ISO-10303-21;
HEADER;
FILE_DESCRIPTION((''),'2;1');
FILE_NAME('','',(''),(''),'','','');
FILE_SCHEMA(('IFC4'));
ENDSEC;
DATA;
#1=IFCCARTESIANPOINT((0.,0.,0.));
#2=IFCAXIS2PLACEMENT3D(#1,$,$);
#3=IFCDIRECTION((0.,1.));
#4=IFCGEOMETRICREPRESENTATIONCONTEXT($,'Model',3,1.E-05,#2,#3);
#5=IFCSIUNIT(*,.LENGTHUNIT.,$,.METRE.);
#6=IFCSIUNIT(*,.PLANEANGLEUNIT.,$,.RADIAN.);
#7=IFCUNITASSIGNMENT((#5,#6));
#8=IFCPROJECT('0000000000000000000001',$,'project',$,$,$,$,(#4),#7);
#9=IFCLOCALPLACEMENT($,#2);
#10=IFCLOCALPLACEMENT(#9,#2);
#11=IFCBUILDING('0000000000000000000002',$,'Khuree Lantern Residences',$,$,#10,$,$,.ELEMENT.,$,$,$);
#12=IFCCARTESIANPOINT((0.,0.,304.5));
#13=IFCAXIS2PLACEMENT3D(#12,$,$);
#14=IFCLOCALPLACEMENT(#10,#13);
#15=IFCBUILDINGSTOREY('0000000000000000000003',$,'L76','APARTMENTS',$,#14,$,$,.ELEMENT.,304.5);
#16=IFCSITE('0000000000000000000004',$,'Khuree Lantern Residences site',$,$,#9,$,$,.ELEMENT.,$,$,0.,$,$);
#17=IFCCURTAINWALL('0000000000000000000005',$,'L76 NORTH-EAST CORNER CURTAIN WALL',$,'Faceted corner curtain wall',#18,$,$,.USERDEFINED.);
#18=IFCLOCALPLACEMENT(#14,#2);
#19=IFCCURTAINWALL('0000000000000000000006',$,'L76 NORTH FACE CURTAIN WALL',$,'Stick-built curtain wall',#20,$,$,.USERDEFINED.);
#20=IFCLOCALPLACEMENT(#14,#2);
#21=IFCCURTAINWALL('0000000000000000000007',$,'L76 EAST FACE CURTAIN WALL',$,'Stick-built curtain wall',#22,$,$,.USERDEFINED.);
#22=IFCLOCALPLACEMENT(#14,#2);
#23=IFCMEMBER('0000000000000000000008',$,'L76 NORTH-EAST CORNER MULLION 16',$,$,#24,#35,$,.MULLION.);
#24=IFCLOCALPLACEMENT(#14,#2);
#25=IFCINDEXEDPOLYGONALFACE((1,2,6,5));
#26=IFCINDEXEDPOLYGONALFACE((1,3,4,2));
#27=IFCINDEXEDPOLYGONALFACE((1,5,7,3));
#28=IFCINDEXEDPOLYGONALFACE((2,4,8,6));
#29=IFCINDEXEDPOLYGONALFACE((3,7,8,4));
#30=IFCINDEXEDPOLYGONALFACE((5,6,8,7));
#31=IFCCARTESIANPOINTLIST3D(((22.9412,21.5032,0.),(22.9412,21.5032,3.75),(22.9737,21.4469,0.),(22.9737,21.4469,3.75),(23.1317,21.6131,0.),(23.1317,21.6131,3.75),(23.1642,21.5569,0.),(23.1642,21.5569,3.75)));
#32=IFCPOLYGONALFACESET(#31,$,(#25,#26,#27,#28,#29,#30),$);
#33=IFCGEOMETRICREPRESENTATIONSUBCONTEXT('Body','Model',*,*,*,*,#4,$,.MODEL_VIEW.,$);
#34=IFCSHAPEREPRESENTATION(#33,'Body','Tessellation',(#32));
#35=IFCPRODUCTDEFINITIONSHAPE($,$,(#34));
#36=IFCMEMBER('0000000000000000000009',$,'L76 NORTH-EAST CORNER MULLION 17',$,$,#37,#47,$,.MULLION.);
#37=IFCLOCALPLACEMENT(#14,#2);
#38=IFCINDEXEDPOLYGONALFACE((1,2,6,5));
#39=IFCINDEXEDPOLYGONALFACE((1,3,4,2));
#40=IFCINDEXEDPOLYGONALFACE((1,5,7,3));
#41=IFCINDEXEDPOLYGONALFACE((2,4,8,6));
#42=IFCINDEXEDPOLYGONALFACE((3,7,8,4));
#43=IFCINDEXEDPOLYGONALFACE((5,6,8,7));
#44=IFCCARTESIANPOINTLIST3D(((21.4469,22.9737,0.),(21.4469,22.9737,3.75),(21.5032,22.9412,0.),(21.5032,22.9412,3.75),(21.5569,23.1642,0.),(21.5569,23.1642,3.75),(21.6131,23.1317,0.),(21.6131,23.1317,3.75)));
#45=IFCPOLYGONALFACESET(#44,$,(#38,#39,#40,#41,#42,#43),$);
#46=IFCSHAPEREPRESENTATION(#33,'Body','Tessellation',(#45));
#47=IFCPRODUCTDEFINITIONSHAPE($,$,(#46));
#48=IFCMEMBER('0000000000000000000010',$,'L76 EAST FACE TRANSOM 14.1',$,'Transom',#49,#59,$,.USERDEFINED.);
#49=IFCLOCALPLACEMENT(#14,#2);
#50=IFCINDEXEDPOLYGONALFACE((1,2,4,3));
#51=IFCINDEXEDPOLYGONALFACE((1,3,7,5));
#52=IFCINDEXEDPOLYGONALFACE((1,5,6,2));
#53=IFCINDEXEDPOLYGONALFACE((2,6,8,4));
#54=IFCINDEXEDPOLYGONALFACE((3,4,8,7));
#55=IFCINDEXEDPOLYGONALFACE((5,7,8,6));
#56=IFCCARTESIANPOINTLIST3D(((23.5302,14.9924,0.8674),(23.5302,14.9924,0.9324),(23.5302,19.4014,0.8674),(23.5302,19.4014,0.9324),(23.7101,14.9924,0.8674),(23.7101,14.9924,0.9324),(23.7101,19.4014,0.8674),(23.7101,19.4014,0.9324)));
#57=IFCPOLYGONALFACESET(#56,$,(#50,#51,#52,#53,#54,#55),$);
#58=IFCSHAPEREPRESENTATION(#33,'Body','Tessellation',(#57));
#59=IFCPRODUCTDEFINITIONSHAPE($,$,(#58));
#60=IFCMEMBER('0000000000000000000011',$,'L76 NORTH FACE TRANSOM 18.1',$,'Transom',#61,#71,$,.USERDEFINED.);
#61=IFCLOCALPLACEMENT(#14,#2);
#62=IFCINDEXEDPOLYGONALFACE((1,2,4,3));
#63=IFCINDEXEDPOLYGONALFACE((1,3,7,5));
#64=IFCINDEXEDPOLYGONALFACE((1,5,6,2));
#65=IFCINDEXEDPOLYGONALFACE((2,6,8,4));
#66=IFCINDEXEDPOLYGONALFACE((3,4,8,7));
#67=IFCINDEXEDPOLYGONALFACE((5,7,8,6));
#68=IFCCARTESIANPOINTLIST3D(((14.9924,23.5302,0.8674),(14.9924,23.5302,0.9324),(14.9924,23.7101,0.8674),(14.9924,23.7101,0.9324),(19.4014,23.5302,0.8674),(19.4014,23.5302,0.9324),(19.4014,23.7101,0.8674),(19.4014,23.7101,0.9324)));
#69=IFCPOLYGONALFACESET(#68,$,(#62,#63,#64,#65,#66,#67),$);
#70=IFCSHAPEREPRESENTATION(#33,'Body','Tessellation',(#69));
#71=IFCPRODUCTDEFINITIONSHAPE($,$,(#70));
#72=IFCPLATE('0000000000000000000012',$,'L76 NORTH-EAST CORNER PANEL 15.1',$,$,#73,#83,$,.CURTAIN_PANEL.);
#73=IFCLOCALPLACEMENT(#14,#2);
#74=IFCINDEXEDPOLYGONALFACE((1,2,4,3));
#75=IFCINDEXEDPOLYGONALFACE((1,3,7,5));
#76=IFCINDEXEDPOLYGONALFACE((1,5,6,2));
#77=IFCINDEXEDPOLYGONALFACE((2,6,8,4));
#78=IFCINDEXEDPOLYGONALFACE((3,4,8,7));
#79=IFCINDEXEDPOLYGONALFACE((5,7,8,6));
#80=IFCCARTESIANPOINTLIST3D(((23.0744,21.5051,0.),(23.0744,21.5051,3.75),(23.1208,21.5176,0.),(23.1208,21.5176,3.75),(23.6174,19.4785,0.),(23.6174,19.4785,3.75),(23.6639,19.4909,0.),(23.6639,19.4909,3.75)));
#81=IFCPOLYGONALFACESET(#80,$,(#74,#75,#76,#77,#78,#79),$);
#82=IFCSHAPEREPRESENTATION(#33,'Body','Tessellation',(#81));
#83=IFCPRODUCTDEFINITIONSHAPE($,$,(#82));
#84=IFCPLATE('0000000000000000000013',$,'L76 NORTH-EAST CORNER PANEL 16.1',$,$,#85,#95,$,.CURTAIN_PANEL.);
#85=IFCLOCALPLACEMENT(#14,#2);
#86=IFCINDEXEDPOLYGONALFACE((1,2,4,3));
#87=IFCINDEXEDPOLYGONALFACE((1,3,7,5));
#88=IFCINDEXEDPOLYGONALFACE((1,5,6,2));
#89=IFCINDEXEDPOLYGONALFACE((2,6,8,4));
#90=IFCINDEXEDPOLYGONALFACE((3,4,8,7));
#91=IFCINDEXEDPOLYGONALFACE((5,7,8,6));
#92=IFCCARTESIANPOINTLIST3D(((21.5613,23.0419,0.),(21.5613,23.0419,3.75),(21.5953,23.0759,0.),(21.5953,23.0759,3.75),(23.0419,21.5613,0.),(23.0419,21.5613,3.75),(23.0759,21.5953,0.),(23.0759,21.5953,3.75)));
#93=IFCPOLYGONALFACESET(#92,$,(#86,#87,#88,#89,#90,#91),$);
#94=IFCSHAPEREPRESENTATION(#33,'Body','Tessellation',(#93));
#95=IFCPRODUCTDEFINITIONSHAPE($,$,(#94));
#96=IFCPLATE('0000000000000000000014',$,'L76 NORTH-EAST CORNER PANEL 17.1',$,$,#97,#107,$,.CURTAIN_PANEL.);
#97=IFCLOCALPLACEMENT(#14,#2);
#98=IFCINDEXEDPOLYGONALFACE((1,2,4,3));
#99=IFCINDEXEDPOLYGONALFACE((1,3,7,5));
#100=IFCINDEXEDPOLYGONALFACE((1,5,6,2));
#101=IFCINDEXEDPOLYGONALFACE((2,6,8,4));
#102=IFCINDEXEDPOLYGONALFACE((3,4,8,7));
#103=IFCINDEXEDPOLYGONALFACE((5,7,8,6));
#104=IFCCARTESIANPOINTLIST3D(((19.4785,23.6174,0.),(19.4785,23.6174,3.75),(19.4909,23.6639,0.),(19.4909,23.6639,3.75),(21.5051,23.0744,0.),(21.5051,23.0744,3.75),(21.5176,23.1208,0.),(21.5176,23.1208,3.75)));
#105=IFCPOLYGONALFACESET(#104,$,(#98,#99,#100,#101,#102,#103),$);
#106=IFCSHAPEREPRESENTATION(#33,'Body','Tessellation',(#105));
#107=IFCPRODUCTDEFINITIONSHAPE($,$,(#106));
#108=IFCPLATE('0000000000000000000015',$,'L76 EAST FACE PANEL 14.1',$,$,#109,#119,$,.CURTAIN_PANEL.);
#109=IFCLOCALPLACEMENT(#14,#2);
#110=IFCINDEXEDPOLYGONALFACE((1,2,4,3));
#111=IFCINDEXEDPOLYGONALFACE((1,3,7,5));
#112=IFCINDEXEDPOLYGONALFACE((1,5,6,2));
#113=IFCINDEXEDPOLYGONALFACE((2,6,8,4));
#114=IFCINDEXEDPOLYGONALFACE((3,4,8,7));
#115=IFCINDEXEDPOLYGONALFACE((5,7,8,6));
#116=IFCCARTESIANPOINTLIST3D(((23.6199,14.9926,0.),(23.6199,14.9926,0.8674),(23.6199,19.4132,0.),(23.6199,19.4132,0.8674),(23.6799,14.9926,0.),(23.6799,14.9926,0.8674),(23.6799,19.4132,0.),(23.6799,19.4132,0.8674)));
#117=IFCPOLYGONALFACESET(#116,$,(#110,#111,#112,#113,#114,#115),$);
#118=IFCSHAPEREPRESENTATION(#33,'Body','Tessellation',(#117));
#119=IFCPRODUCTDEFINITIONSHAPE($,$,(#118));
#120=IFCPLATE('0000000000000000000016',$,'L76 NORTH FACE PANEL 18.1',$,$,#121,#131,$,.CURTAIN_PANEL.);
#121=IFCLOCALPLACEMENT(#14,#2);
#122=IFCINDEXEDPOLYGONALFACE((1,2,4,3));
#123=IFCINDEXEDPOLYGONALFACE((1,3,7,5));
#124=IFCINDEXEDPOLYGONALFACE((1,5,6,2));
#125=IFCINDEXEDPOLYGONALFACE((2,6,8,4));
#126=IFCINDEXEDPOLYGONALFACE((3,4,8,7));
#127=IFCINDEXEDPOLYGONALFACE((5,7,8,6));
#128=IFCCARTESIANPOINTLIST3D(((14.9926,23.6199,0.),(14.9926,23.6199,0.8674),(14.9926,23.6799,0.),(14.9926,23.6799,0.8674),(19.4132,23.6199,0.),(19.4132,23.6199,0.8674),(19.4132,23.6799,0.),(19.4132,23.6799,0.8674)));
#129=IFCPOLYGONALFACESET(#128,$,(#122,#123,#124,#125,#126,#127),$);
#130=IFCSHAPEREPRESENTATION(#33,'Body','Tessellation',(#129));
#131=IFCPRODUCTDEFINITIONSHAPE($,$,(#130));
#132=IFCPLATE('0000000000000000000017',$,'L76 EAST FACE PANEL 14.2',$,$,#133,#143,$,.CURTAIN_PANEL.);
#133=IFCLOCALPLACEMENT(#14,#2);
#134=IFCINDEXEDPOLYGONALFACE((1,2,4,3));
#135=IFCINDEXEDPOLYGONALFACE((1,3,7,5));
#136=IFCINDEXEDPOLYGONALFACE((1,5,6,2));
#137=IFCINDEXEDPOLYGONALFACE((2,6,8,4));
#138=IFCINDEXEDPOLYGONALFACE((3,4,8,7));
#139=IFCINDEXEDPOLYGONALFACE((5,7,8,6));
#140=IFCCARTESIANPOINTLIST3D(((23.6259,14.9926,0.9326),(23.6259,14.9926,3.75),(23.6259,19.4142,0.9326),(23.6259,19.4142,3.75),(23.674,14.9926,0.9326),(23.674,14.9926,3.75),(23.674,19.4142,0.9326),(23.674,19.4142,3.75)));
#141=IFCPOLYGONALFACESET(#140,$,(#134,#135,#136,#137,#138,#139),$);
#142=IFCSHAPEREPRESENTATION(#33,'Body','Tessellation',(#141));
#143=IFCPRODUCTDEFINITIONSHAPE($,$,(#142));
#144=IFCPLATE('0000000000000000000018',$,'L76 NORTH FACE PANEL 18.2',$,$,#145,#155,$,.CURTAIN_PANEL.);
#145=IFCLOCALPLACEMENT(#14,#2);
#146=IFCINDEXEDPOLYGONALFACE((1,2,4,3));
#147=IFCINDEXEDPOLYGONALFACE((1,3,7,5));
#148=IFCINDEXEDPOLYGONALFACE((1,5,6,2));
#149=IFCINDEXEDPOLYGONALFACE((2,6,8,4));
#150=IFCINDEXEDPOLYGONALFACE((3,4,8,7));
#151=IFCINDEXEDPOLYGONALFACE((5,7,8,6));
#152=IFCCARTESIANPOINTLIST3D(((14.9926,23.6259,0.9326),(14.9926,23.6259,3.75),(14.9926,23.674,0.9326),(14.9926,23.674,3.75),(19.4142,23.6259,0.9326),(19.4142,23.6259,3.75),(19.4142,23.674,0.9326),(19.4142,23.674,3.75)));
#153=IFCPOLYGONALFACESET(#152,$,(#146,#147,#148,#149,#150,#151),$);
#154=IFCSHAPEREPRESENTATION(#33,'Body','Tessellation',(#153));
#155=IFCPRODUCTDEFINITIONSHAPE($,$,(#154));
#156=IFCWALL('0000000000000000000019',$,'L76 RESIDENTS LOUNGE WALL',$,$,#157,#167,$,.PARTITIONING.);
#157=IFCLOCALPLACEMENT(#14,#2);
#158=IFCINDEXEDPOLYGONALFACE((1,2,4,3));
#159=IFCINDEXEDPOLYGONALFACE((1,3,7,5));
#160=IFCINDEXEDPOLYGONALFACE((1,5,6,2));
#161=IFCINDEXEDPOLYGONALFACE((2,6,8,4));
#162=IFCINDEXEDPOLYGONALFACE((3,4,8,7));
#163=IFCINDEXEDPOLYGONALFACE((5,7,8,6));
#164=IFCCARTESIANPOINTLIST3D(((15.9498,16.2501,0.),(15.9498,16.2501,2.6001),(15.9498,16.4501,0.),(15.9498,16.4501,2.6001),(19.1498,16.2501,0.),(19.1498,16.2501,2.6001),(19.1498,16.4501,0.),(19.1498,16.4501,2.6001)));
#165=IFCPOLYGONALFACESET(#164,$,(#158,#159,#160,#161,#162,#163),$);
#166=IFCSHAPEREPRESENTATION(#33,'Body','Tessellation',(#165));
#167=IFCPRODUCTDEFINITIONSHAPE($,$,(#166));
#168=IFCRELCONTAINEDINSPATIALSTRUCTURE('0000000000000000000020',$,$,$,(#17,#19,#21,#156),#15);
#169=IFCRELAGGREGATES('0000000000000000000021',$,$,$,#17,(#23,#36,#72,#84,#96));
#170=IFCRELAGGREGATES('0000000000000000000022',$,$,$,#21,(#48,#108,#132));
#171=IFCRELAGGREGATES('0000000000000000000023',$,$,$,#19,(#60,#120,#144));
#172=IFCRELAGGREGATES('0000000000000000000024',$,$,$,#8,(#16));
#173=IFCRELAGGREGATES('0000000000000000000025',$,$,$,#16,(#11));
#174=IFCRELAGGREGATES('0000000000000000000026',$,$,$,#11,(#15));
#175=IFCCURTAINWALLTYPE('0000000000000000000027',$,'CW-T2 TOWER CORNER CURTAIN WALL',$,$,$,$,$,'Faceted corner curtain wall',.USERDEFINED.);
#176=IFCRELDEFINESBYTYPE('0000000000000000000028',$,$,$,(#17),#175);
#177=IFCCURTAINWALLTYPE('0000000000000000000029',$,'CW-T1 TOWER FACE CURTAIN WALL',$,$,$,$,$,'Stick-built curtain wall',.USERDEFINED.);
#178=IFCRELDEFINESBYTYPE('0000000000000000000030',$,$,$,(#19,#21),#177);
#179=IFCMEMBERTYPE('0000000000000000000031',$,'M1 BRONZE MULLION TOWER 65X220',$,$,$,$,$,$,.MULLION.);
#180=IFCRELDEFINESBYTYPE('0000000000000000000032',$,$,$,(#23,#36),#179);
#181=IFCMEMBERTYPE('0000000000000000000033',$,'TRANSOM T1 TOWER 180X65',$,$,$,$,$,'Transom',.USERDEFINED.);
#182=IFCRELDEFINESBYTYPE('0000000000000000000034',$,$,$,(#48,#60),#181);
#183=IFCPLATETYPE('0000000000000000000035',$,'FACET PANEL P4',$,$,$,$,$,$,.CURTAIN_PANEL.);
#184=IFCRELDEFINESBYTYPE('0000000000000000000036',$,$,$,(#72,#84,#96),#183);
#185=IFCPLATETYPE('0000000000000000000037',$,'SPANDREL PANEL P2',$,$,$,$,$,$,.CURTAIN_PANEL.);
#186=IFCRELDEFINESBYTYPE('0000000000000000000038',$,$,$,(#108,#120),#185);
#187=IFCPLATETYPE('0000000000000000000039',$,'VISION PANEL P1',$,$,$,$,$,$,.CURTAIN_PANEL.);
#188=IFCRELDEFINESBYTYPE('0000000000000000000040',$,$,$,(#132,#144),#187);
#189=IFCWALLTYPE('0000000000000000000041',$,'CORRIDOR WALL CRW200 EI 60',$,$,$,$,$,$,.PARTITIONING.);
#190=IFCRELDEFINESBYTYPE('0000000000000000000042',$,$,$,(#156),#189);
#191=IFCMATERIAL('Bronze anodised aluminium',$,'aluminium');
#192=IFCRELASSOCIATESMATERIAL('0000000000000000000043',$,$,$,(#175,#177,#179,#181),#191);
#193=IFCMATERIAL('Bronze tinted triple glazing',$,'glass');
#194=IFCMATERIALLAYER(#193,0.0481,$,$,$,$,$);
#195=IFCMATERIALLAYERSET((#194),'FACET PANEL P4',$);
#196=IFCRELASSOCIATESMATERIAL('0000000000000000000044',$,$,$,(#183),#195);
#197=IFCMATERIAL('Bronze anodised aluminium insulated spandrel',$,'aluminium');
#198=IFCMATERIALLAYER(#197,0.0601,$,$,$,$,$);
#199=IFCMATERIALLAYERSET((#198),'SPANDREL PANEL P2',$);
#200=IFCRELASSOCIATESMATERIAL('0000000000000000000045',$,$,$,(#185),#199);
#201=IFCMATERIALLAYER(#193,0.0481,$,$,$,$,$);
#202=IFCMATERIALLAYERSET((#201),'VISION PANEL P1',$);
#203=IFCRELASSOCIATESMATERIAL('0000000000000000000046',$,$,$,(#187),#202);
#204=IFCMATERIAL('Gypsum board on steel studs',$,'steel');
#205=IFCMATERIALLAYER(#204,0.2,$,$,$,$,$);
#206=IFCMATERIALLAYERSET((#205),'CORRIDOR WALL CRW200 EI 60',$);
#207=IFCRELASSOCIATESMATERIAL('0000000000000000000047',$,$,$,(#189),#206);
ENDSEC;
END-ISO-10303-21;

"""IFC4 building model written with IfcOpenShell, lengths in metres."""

from ifc_helpers import new_model, si_unit, direction, frame, frame_2d, origin, origin_2d, place, context, subcontext, project, spatial, rectangle, extrude, material, layer, layer_set, material_profile, profile_set, type_object, element, aggregate, save


model = new_model("IFC4")

# Units and contexts
model_context = context("Model", 3, precision=1e-05, world=origin(), true_north=direction((0.0, 1.0)))
body_context = subcontext(model_context, "Body", "Model", "MODEL_VIEW")
ifc_project = project(units=[si_unit("LENGTHUNIT", "METRE"), si_unit("PLANEANGLEUNIT", "RADIAN")], contexts=[model_context])

# Site, building, storey
site_placement = place(None, origin())
site = spatial("IfcSite", under=ifc_project, at=site_placement, Name="Khuree Lantern Residences site", CompositionType="ELEMENT", RefElevation=0.0)
building_placement = place(site_placement, origin())
building = spatial("IfcBuilding", under=site, at=building_placement, Name="Khuree Lantern Residences", CompositionType="ELEMENT")
storey_placement = place(building_placement, frame((0.0, 0.0, 304.5)))
storey = spatial("IfcBuildingStorey", under=building, at=storey_placement, Name="L76", Description="APARTMENTS", CompositionType="ELEMENT", Elevation=304.5)

# Curtain walls
ifc_material_1 = material(Name="Bronze anodised aluminium", Category="aluminium")
curtain_wall_type_1 = type_object("IfcCurtainWallType", Name="CW-T2 TOWER CORNER CURTAIN WALL", ElementType="Faceted corner curtain wall", PredefinedType="USERDEFINED", material=ifc_material_1)
curtain_wall_1_placement = place(storey_placement, origin())
curtain_wall_1 = element("IfcCurtainWall", 1, at=curtain_wall_1_placement, inside=storey, type_object=curtain_wall_type_1, Name="L76 NORTH-EAST CORNER CURTAIN WALL", ObjectType="Faceted corner curtain wall", PredefinedType="USERDEFINED")
curtain_wall_type_2 = type_object("IfcCurtainWallType", Name="CW-T1 TOWER FACE CURTAIN WALL", ElementType="Stick-built curtain wall", PredefinedType="USERDEFINED", material=ifc_material_1)
curtain_wall_2_placement = place(storey_placement, origin())
curtain_wall_2 = element("IfcCurtainWall", 2, at=curtain_wall_2_placement, inside=storey, type_object=curtain_wall_type_2, Name="L76 NORTH FACE CURTAIN WALL", ObjectType="Stick-built curtain wall", PredefinedType="USERDEFINED")

# Curtain wall
curtain_wall_3_placement = place(storey_placement, origin())
curtain_wall_3 = element("IfcCurtainWall", 3, at=curtain_wall_3_placement, inside=storey, type_object=curtain_wall_type_2, Name="L76 EAST FACE CURTAIN WALL", ObjectType="Stick-built curtain wall", PredefinedType="USERDEFINED")
ifc_material_profile_1 = material_profile(ifc_material_1, rectangle(XDim=0.0649, YDim=0.22, at=origin_2d()), Name="M1 65X220")
ifc_profile_set_1 = profile_set([ifc_material_profile_1], Name="Bronze anodised aluminium")
member_type_1 = type_object("IfcMemberType", Name="M1 BRONZE MULLION TOWER 65X220", PredefinedType="MULLION", material=ifc_profile_set_1)

# Members
member_1_placement = place(storey_placement, frame((23.0527, 21.53, 0.0), z_axis=(0.0, 0.0, 1.0), x_axis=(-0.5, 0.866025, 0.0)))
member_1 = element("IfcMember", 4, at=member_1_placement, type_object=member_type_1, Name="L76 NORTH-EAST CORNER MULLION 16", PredefinedType="MULLION", context=body_context, shape_type="SweptSolid", body=[
    extrude(rectangle(XDim=0.0649, YDim=0.22, at=origin_2d()), origin(), (0.0, 0.0, 1.0), 3.75),
])
member_2_placement = place(storey_placement, frame((21.53, 23.0527, 0.0), z_axis=(0.0, 0.0, 1.0), x_axis=(-0.866025, 0.5, 0.0)))
member_2 = element("IfcMember", 5, at=member_2_placement, type_object=member_type_1, Name="L76 NORTH-EAST CORNER MULLION 17", PredefinedType="MULLION", context=body_context, shape_type="SweptSolid", body=[
    extrude(rectangle(XDim=0.0649, YDim=0.22, at=origin_2d()), origin(), (0.0, 0.0, 1.0), 3.75),
])
ifc_material_profile_2 = material_profile(ifc_material_1, rectangle(XDim=0.1799, YDim=0.0649, at=origin_2d()), Name="T1 180X65")
ifc_profile_set_2 = profile_set([ifc_material_profile_2], Name="Bronze anodised aluminium")
member_type_2 = type_object("IfcMemberType", Name="TRANSOM T1 TOWER 180X65", ElementType="Transom", PredefinedType="USERDEFINED", material=ifc_profile_set_2)
member_3_placement = place(storey_placement, frame((23.6201, 14.9924, 0.8999), z_axis=(0.0, 1.0, 0.0), x_axis=(-1.0, 0.0, 0.0)))
member_3 = element("IfcMember", 6, at=member_3_placement, type_object=member_type_2, Name="L76 EAST FACE TRANSOM 14.1", ObjectType="Transom", PredefinedType="USERDEFINED", context=body_context, shape_type="SweptSolid", body=[
    extrude(rectangle(XDim=0.1799, YDim=0.0649, at=origin_2d()), origin(), (0.0, 0.0, 1.0), 4.4089),
])
member_4_placement = place(storey_placement, frame((19.4014, 23.6201, 0.8999), z_axis=(-1.0, 0.0, 0.0), x_axis=(0.0, -1.0, 0.0)))
member_4 = element("IfcMember", 7, at=member_4_placement, type_object=member_type_2, Name="L76 NORTH FACE TRANSOM 18.1", ObjectType="Transom", PredefinedType="USERDEFINED", context=body_context, shape_type="SweptSolid", body=[
    extrude(rectangle(XDim=0.1799, YDim=0.0649, at=origin_2d()), origin(), (0.0, 0.0, 1.0), 4.4089),
])

# Plates
ifc_material_2 = material(Name="Bronze tinted triple glazing", Category="glass")
ifc_layer_1 = layer(ifc_material_2, 0.0481)
ifc_layer_set_1 = layer_set([ifc_layer_1], Name="FACET PANEL P4")
plate_type_1 = type_object("IfcPlateType", Name="FACET PANEL P4", PredefinedType="CURTAIN_PANEL", material=ifc_layer_set_1)
plate_1_placement = place(storey_placement, frame((23.3691, 20.498, 0.0), z_axis=(0.0, 0.0, 1.0), x_axis=(-0.258819, 0.965926, 0.0)))
plate_1 = element("IfcPlate", 8, at=plate_1_placement, type_object=plate_type_1, Name="L76 NORTH-EAST CORNER PANEL 15.1", PredefinedType="CURTAIN_PANEL", context=body_context, shape_type="SweptSolid", body=[
    extrude(rectangle(XDim=2.0981, YDim=0.0481, at=origin_2d()), origin(), (0.0, 0.0, 1.0), 3.75),
])
plate_2_placement = place(storey_placement, frame((22.3186, 22.3186, 0.0), z_axis=(0.0, 0.0, 1.0), x_axis=(-0.707107, 0.707107, 0.0)))
plate_2 = element("IfcPlate", 9, at=plate_2_placement, type_object=plate_type_1, Name="L76 NORTH-EAST CORNER PANEL 16.1", PredefinedType="CURTAIN_PANEL", context=body_context, shape_type="SweptSolid", body=[
    extrude(rectangle(XDim=2.094, YDim=0.0481, at=origin_2d()), origin(), (0.0, 0.0, 1.0), 3.75),
])
plate_3_placement = place(storey_placement, frame((20.498, 23.3691, 0.0), z_axis=(0.0, 0.0, 1.0), x_axis=(-0.965926, 0.258819, 0.0)))
plate_3 = element("IfcPlate", 10, at=plate_3_placement, type_object=plate_type_1, Name="L76 NORTH-EAST CORNER PANEL 17.1", PredefinedType="CURTAIN_PANEL", context=body_context, shape_type="SweptSolid", body=[
    extrude(rectangle(XDim=2.0981, YDim=0.0481, at=origin_2d()), origin(), (0.0, 0.0, 1.0), 3.75),
])
aggregate(curtain_wall_1, [member_1, member_2, plate_1, plate_2, plate_3])
ifc_material_3 = material(Name="Bronze anodised aluminium insulated spandrel", Category="aluminium")
ifc_layer_2 = layer(ifc_material_3, 0.0601)
ifc_layer_set_2 = layer_set([ifc_layer_2], Name="SPANDREL PANEL P2")
plate_type_2 = type_object("IfcPlateType", Name="SPANDREL PANEL P2", PredefinedType="CURTAIN_PANEL", material=ifc_layer_set_2)
plate_4_placement = place(storey_placement, frame((23.6499, 17.2029, 0.0), z_axis=(0.0, 0.0, 1.0), x_axis=(0.0, 1.0, 0.0)))
plate_4 = element("IfcPlate", 11, at=plate_4_placement, type_object=plate_type_2, Name="L76 EAST FACE PANEL 14.1", PredefinedType="CURTAIN_PANEL", context=body_context, shape_type="SweptSolid", body=[
    extrude(rectangle(XDim=4.4207, YDim=0.0601, at=origin_2d()), origin(), (0.0, 0.0, 1.0), 0.8674),
])
plate_5_placement = place(storey_placement, frame((17.2029, 23.6499, 0.0), z_axis=(0.0, 0.0, 1.0), x_axis=(-1.0, 0.0, 0.0)))
plate_5 = element("IfcPlate", 12, at=plate_5_placement, type_object=plate_type_2, Name="L76 NORTH FACE PANEL 18.1", PredefinedType="CURTAIN_PANEL", context=body_context, shape_type="SweptSolid", body=[
    extrude(rectangle(XDim=4.4207, YDim=0.0601, at=origin_2d()), origin(), (0.0, 0.0, 1.0), 0.8674),
])
ifc_layer_3 = layer(ifc_material_2, 0.0481)
ifc_layer_set_3 = layer_set([ifc_layer_3], Name="VISION PANEL P1")
plate_type_3 = type_object("IfcPlateType", Name="VISION PANEL P1", PredefinedType="CURTAIN_PANEL", material=ifc_layer_set_3)
plate_6_placement = place(storey_placement, frame((23.6499, 17.2034, 0.9326), z_axis=(0.0, 0.0, 1.0), x_axis=(0.0, 1.0, 0.0)))
plate_6 = element("IfcPlate", 13, at=plate_6_placement, type_object=plate_type_3, Name="L76 EAST FACE PANEL 14.2", PredefinedType="CURTAIN_PANEL", context=body_context, shape_type="SweptSolid", body=[
    extrude(rectangle(XDim=4.4216, YDim=0.0481, at=origin_2d()), origin(), (0.0, 0.0, 1.0), 2.8174),
])
aggregate(curtain_wall_3, [member_3, plate_4, plate_6])
plate_7_placement = place(storey_placement, frame((17.2034, 23.6499, 0.9326), z_axis=(0.0, 0.0, 1.0), x_axis=(-1.0, 0.0, 0.0)))
plate_7 = element("IfcPlate", 14, at=plate_7_placement, type_object=plate_type_3, Name="L76 NORTH FACE PANEL 18.2", PredefinedType="CURTAIN_PANEL", context=body_context, shape_type="SweptSolid", body=[
    extrude(rectangle(XDim=4.4216, YDim=0.0481, at=origin_2d()), origin(), (0.0, 0.0, 1.0), 2.8174),
])
aggregate(curtain_wall_2, [member_4, plate_5, plate_7])

# Wall
ifc_material_4 = material(Name="Gypsum board on steel studs", Category="steel")
ifc_layer_4 = layer(ifc_material_4, 0.2)
ifc_layer_set_4 = layer_set([ifc_layer_4], Name="CORRIDOR WALL CRW200 EI 60")
wall_type = type_object("IfcWallType", Name="CORRIDOR WALL CRW200 EI 60", PredefinedType="PARTITIONING", material=ifc_layer_set_4)
wall_placement = place(storey_placement, frame((19.1499, 16.3501, 0.0), z_axis=(0.0, 0.0, 1.0), x_axis=(-1.0, 0.0, 0.0)))
element("IfcWall", 15, at=wall_placement, inside=storey, type_object=wall_type, Name="L76 RESIDENTS LOUNGE WALL", PredefinedType="PARTITIONING", context=body_context, shape_type="SweptSolid", body=[
    extrude(rectangle(XDim=3.2, YDim=0.2, at=frame_2d((1.6001, 0.0))), origin(), (0.0, 0.0, 1.0), 2.6001),
])

save(model, "model.ifc")
